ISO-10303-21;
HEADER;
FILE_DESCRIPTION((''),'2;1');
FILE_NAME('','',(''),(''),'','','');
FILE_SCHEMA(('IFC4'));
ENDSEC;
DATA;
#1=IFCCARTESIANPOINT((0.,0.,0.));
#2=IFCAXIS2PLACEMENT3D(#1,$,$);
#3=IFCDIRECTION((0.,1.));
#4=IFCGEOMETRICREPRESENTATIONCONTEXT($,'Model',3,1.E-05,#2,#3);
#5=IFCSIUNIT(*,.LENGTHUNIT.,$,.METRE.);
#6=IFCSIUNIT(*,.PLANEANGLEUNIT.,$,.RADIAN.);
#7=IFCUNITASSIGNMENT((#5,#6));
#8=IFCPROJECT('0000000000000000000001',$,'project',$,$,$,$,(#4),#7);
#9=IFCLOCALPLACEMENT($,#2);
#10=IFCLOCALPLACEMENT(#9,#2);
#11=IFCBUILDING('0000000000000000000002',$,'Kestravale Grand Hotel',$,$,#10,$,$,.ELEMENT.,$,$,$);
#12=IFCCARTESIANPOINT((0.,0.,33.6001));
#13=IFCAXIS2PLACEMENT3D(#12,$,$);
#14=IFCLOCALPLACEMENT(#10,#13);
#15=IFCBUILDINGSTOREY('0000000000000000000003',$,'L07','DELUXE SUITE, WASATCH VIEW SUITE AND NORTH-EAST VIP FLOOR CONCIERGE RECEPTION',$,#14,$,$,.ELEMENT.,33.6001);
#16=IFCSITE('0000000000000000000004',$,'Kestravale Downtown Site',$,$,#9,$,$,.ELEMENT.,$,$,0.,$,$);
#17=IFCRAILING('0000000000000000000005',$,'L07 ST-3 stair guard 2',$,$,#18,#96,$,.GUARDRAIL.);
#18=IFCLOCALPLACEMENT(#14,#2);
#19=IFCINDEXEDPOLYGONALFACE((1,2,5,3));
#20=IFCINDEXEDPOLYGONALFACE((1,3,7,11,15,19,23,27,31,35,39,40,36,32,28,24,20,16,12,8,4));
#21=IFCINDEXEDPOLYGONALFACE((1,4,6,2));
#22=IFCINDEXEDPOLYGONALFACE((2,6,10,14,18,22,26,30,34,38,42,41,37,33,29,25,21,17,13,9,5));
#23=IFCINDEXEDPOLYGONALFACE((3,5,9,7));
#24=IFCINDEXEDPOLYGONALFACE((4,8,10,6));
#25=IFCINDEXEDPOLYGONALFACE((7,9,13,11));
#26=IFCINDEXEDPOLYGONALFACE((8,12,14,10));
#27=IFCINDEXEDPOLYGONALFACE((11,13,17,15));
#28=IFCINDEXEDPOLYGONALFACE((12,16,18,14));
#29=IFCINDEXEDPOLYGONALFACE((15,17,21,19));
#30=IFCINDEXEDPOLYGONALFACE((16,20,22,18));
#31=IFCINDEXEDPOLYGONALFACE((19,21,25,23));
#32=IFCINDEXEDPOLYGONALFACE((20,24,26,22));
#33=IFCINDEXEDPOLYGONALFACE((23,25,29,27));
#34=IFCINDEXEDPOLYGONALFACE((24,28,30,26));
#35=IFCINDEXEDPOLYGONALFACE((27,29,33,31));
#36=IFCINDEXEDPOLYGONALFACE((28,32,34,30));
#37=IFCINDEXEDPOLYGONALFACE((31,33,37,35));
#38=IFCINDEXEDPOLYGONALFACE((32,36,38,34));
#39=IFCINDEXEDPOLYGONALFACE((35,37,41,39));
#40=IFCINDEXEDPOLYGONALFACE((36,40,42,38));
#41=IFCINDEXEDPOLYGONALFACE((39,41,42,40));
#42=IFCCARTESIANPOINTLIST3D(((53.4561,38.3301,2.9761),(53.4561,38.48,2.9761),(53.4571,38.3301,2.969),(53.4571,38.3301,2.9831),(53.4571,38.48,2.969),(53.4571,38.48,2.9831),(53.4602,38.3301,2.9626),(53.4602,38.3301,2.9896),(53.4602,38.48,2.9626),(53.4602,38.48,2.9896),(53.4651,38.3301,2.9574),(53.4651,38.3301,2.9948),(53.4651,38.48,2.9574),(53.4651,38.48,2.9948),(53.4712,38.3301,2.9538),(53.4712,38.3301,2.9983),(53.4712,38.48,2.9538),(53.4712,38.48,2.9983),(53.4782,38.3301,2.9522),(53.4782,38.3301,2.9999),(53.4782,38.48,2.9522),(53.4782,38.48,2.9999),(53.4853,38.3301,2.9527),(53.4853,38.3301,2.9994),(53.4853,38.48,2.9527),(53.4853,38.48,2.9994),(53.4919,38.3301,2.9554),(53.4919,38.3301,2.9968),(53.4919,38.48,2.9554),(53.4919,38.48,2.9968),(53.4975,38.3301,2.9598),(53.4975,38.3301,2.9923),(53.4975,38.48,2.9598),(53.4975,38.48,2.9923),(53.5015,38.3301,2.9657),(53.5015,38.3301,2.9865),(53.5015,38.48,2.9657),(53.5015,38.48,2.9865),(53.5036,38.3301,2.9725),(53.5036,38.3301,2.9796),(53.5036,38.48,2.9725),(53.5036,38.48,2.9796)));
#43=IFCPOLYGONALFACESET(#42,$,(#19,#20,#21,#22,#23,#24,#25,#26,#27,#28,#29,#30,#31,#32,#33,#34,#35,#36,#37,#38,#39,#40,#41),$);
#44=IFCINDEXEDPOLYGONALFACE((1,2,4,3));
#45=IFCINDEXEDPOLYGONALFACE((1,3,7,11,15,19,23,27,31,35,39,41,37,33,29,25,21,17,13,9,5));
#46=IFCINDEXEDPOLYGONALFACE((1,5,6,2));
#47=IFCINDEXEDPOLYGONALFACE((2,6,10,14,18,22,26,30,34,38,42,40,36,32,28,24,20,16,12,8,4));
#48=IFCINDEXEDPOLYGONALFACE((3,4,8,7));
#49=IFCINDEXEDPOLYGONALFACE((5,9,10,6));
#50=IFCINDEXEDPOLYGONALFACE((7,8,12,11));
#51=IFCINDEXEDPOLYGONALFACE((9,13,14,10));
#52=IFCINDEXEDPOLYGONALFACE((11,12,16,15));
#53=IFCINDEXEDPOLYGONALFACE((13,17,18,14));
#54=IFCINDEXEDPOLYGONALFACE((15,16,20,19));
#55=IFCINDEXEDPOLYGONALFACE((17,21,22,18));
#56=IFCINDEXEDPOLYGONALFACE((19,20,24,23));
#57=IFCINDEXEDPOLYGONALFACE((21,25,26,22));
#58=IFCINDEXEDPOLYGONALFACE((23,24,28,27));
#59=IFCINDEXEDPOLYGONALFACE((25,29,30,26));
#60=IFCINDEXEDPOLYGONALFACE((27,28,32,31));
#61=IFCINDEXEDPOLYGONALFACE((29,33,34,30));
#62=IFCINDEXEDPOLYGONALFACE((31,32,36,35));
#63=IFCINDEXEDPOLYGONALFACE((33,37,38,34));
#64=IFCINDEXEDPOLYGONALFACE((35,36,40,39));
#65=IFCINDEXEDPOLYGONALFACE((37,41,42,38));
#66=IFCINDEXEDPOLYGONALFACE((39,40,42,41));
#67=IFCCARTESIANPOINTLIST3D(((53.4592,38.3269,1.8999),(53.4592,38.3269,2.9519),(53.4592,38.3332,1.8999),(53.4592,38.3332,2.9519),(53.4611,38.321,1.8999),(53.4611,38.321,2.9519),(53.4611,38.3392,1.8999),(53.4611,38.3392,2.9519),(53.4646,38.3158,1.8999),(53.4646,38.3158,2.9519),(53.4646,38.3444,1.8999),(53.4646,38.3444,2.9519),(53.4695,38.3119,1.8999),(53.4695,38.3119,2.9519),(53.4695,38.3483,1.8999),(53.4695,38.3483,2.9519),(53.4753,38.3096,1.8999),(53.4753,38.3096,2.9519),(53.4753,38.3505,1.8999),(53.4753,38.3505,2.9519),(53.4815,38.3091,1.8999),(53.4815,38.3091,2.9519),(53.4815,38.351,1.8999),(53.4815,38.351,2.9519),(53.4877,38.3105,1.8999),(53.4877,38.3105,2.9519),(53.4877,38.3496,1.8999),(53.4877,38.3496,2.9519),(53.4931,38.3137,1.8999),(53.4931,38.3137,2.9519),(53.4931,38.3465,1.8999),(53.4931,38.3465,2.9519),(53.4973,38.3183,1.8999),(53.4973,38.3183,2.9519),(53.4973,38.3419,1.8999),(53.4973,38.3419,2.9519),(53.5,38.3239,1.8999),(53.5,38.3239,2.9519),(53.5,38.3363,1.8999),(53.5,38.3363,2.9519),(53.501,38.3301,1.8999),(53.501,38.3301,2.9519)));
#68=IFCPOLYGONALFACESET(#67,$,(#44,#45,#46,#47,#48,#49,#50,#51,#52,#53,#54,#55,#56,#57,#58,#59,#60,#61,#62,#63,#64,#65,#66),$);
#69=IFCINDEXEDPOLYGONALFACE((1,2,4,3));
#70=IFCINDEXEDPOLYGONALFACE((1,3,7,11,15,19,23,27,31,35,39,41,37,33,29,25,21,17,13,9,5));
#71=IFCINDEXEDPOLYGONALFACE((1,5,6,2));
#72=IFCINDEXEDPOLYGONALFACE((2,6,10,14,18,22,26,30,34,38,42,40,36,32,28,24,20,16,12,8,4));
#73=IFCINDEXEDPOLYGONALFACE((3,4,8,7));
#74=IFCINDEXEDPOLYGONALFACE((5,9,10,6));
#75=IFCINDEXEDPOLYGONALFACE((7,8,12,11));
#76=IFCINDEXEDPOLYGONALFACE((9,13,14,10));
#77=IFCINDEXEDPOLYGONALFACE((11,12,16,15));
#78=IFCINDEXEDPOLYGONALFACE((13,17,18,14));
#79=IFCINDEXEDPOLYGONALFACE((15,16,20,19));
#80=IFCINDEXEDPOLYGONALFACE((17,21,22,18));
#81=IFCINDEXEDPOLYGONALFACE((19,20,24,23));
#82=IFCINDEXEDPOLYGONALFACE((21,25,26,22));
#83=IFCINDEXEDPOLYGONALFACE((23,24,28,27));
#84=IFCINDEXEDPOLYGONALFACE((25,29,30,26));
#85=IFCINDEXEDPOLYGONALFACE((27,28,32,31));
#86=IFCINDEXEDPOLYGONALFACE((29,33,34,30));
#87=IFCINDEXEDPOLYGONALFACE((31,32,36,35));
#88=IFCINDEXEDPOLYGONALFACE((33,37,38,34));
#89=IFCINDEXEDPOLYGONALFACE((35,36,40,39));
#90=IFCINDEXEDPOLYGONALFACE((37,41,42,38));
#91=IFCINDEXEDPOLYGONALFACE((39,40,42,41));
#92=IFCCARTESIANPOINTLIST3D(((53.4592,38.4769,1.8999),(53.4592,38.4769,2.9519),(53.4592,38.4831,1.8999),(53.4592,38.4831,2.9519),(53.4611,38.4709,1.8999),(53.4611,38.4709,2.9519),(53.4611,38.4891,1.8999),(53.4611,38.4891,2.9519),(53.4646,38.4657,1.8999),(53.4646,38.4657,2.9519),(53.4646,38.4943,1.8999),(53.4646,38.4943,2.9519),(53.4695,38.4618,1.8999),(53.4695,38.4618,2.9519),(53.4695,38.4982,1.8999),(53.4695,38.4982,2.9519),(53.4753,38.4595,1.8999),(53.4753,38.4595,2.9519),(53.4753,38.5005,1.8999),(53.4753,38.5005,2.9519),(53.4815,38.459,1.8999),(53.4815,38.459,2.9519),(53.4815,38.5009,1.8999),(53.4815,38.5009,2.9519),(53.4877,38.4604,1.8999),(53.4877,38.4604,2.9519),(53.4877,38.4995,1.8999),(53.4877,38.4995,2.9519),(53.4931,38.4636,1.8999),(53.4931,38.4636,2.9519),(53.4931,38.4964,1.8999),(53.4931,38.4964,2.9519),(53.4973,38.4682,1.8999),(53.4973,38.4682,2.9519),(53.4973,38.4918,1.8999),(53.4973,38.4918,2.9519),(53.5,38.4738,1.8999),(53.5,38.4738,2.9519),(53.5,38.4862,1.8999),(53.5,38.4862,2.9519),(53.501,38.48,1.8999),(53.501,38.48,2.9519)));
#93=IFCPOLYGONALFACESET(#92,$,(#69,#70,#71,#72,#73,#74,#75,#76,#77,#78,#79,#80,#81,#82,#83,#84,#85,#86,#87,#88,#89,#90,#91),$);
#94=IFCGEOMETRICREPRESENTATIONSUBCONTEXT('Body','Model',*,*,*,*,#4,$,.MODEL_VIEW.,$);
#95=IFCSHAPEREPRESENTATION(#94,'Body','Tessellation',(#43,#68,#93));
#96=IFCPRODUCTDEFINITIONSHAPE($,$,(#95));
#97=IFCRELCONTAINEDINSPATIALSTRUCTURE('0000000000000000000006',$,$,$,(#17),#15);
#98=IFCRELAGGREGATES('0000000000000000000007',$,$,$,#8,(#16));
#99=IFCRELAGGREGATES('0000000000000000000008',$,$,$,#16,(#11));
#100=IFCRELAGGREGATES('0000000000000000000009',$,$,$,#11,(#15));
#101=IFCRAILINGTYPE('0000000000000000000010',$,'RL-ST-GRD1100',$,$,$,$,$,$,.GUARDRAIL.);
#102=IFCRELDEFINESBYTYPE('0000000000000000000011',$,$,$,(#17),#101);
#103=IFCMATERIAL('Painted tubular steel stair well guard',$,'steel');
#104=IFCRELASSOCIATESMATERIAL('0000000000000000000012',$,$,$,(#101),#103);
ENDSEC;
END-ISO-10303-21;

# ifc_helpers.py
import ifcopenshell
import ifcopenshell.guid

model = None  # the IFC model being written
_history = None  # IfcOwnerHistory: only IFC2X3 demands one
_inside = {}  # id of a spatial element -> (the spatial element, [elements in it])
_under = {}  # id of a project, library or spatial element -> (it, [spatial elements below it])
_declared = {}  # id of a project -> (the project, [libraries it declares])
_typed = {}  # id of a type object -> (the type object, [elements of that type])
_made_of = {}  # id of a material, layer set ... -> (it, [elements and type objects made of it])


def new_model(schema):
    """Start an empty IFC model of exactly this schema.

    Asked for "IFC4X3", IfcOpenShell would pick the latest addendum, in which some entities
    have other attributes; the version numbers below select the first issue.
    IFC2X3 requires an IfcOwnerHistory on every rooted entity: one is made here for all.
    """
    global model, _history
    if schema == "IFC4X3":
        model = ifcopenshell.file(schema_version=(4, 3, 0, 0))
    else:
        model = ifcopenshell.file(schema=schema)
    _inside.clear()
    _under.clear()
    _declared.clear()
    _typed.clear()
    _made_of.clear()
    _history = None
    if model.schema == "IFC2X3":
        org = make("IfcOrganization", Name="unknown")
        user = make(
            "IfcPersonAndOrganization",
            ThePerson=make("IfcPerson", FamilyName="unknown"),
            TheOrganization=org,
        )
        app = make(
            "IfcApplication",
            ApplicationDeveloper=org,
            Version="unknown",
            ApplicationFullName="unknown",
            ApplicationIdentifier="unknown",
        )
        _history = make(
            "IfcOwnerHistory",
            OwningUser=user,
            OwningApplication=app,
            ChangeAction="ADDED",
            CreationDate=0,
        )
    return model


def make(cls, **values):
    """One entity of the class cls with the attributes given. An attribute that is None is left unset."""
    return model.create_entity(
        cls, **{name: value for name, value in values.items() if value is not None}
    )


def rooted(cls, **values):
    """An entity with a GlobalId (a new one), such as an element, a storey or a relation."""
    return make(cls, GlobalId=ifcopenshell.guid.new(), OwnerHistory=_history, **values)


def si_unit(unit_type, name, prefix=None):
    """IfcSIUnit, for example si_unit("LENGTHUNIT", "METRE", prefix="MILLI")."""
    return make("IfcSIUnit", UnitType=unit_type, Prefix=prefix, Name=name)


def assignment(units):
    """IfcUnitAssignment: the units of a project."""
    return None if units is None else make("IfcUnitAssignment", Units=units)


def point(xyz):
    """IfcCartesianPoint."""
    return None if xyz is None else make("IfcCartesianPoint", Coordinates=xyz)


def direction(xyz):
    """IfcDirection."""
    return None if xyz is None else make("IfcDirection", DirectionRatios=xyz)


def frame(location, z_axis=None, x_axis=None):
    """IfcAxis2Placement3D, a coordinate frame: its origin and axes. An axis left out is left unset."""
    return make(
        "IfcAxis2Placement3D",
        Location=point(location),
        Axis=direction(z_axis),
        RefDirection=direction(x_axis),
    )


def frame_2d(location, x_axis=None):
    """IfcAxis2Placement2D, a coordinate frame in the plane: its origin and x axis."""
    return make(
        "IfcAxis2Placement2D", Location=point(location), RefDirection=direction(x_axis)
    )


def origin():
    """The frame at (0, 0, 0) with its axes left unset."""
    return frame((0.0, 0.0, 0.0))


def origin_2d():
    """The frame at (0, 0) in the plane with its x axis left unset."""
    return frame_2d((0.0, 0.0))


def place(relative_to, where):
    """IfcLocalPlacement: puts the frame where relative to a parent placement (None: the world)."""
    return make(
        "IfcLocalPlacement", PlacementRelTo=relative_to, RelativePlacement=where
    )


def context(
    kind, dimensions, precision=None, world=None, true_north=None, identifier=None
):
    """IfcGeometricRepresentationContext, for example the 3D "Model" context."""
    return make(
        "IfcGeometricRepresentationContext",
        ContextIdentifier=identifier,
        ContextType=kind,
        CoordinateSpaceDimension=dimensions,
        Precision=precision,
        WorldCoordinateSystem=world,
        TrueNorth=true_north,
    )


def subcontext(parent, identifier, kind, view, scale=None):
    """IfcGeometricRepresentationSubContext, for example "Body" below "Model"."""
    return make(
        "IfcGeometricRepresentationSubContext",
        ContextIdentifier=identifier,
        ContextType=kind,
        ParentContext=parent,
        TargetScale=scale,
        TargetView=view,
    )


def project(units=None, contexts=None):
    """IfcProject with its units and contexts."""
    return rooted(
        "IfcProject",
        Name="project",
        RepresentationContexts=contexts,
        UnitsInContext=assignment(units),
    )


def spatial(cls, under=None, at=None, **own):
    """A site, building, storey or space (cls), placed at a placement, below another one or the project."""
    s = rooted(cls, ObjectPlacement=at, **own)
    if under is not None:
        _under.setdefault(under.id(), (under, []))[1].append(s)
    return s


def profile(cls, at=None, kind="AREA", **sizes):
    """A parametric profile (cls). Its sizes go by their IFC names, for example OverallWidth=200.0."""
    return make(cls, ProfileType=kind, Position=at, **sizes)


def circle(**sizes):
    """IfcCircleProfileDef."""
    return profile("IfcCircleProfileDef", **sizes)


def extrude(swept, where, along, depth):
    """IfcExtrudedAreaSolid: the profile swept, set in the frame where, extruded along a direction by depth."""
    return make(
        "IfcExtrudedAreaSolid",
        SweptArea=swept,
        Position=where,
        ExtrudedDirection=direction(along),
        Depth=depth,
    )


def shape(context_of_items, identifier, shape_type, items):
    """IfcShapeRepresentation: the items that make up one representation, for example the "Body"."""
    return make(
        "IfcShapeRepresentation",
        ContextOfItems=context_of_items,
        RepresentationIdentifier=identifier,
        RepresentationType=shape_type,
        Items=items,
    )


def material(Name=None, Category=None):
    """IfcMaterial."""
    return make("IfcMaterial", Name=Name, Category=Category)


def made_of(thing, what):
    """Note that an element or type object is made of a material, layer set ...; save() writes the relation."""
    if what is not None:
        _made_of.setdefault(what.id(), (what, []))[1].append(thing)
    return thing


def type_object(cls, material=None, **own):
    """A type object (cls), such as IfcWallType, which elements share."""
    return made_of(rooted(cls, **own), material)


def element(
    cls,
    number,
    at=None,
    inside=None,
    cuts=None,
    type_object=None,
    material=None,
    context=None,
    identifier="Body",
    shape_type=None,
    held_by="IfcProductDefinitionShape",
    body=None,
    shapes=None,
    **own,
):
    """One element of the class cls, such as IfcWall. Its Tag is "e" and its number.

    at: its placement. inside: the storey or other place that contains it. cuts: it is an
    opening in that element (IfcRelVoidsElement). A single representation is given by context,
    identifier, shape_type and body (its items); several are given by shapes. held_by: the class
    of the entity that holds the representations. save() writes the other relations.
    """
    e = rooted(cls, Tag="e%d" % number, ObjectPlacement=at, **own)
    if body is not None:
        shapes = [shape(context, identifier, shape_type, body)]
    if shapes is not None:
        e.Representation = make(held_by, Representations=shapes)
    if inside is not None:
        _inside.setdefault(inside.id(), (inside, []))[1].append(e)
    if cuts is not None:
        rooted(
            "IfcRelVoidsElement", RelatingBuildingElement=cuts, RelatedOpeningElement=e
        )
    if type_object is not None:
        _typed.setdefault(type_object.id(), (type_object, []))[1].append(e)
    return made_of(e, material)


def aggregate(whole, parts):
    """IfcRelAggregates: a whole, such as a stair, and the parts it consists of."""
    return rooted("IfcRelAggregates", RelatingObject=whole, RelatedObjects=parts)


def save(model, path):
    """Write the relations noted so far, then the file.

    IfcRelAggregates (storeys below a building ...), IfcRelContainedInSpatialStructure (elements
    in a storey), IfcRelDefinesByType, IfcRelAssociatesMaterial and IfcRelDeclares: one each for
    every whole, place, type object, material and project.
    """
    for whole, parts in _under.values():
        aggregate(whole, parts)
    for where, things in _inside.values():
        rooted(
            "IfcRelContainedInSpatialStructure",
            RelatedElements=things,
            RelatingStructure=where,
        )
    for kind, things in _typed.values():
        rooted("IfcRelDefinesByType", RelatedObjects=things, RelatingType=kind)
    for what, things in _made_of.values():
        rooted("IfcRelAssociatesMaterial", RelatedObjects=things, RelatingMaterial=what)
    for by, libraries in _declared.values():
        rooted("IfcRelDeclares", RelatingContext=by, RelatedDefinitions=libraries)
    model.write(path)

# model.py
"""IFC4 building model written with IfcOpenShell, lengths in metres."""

from ifc_helpers import new_model, si_unit, direction, frame, origin, origin_2d, place, context, subcontext, project, spatial, circle, extrude, material, type_object, element, save


model = new_model("IFC4")

# Units and contexts
model_context = context("Model", 3, precision=1e-05, world=origin(), true_north=direction((0.0, 1.0)))
body_context = subcontext(model_context, "Body", "Model", "MODEL_VIEW")
ifc_project = project(units=[si_unit("LENGTHUNIT", "METRE"), si_unit("PLANEANGLEUNIT", "RADIAN")], contexts=[model_context])

# Site, building, storey
site_placement = place(None, origin())
site = spatial("IfcSite", under=ifc_project, at=site_placement, Name="Kestravale Downtown Site", CompositionType="ELEMENT", RefElevation=0.0)
building_placement = place(site_placement, origin())
building = spatial("IfcBuilding", under=site, at=building_placement, Name="Kestravale Grand Hotel", CompositionType="ELEMENT")
storey_placement = place(building_placement, frame((0.0, 0.0, 33.6001)))
storey = spatial("IfcBuildingStorey", under=building, at=storey_placement, Name="L07", Description="DELUXE SUITE, WASATCH VIEW SUITE AND NORTH-EAST VIP FLOOR CONCIERGE RECEPTION", CompositionType="ELEMENT", Elevation=33.6001)

# Railing
ifc_material_1 = material(Name="Painted tubular steel stair well guard", Category="steel")
railing_type_1 = type_object("IfcRailingType", Name="RL-ST-GRD1100", PredefinedType="GUARDRAIL", material=ifc_material_1)
railing_1_placement = place(storey_placement, frame((53.48, 38.3301, 1.8999)))
element("IfcRailing", 1, at=railing_1_placement, inside=storey, type_object=railing_type_1, Name="L07 ST-3 stair guard 2", PredefinedType="GUARDRAIL", context=body_context, shape_type="SweptSolid", body=[
    extrude(circle(Radius=0.0239, at=origin_2d()), frame((0.0, 0.0, 1.0762), z_axis=(0.0, 1.0, 0.0), x_axis=(-1.0, 0.0, 0.0)), (0.0, 0.0, 1.0), 0.1499),
    extrude(circle(Radius=0.021, at=origin_2d()), origin(), (0.0, 0.0, 1.0), 1.052),
    extrude(circle(Radius=0.021, at=origin_2d()), frame((0.0, 0.1499, 0.0)), (0.0, 0.0, 1.0), 1.052),
])

save(model, "model.ifc")
